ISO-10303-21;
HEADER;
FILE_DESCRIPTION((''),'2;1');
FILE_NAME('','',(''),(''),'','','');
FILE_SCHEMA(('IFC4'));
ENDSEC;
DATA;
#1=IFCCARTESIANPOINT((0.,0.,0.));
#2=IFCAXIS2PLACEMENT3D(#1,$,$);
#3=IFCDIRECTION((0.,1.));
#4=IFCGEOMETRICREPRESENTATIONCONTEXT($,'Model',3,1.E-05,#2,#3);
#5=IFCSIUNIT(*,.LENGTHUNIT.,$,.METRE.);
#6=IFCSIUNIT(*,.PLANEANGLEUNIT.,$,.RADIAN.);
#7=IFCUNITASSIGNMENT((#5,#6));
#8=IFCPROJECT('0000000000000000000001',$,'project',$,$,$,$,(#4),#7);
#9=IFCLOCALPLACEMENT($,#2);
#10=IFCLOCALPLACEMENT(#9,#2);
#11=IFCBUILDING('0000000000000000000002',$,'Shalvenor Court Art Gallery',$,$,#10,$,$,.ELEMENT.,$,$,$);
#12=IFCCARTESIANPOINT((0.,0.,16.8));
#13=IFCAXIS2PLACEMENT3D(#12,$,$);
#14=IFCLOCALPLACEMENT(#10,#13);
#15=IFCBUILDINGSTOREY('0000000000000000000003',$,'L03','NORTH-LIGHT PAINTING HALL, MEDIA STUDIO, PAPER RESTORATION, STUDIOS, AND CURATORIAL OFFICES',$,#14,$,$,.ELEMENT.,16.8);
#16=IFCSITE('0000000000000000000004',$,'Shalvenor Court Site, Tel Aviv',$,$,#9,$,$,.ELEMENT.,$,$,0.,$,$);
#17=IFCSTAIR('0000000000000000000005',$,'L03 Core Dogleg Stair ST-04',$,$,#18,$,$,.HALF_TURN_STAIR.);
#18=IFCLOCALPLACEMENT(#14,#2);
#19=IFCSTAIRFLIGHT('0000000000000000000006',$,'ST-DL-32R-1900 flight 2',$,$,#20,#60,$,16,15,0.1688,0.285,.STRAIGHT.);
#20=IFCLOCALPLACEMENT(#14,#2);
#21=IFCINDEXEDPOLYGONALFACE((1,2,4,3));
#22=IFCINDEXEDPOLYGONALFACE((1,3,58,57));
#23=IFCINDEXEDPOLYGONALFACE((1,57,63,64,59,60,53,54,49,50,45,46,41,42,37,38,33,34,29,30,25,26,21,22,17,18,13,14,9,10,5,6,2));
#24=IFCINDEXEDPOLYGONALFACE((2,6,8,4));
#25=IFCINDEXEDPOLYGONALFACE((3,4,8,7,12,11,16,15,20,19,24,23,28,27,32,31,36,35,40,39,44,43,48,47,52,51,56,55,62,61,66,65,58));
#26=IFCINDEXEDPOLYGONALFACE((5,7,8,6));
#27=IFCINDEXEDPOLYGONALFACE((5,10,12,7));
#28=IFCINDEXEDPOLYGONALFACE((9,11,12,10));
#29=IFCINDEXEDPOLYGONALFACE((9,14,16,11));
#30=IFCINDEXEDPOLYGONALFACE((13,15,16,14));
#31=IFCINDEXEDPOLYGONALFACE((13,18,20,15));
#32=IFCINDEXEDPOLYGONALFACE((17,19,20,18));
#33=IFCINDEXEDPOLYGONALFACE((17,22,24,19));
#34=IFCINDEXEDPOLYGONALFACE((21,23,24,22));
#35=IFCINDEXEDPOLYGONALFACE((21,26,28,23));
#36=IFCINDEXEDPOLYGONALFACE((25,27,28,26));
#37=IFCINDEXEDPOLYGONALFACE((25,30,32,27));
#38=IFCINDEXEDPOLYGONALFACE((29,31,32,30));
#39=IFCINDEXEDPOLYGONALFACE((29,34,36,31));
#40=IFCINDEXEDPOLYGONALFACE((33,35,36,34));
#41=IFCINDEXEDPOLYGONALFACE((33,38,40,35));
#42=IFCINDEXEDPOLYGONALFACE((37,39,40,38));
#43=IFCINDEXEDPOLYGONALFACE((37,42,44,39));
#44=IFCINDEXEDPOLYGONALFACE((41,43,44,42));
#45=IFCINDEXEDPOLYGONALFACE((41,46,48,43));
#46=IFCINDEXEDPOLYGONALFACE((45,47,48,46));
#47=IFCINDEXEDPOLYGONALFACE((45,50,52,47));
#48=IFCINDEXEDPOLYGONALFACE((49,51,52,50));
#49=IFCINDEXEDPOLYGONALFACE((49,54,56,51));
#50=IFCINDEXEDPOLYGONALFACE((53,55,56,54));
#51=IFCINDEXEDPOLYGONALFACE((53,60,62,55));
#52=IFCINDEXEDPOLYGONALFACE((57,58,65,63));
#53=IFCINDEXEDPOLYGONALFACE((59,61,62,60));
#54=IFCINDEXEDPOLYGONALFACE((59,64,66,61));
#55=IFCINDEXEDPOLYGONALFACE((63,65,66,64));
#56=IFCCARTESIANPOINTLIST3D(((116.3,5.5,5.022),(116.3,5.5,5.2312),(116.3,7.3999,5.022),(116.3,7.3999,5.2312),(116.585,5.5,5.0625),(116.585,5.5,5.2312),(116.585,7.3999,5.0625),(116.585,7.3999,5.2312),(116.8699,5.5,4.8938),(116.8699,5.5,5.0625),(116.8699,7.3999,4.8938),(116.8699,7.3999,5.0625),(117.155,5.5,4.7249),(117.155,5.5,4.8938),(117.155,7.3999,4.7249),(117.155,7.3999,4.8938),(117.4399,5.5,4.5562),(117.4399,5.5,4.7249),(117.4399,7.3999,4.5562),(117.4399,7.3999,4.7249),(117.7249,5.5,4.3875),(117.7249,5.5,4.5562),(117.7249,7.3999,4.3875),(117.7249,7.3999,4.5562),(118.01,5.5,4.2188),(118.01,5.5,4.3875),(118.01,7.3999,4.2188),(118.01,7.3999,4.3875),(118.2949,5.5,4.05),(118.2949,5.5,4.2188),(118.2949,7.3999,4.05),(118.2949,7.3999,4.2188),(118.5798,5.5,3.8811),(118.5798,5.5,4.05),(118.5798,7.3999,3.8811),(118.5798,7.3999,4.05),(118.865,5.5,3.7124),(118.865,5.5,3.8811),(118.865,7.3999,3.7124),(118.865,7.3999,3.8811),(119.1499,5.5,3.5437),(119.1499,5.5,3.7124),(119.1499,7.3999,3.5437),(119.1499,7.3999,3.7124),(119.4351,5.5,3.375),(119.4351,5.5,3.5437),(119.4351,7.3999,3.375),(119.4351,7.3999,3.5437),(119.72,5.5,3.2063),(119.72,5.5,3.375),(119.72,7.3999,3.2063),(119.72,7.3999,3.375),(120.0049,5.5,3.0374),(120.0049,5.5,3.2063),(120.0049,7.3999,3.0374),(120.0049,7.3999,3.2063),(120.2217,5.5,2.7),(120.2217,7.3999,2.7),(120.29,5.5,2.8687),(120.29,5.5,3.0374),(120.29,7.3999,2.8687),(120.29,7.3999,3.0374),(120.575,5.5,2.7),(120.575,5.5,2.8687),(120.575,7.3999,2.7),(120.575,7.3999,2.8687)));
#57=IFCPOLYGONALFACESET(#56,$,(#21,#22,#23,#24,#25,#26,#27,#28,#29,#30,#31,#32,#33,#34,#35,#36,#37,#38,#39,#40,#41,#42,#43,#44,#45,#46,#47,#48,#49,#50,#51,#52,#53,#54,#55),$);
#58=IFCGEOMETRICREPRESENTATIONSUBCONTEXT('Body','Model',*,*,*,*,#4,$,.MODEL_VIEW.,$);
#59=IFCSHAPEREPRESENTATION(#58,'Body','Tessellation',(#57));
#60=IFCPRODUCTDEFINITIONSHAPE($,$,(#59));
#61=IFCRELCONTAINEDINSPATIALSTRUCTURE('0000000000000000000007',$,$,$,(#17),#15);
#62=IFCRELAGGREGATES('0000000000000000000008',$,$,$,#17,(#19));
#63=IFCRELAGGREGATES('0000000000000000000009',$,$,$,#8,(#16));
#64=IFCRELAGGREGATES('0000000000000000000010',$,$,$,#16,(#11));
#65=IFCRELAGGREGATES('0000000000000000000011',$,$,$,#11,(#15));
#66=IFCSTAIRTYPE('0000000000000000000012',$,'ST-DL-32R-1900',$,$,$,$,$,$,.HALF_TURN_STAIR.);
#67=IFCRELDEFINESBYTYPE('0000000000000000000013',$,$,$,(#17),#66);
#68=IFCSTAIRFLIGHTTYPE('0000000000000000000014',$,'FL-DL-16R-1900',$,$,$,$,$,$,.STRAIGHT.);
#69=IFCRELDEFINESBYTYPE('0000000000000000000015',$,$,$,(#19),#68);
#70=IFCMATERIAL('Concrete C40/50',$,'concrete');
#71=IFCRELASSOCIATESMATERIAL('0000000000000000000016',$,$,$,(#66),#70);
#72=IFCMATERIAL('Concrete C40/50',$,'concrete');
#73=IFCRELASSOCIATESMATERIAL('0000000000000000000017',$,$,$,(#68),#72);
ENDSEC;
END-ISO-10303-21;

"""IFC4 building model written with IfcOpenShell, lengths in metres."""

from ifc_helpers import new_model, si_unit, direction, frame, origin, place, context, subcontext, project, spatial, polyline, outline, extrude, material, type_object, element, aggregate, save


model = new_model("IFC4")

# Units and contexts
model_context = context("Model", 3, precision=1e-05, world=origin(), true_north=direction((0.0, 1.0)))
body_context = subcontext(model_context, "Body", "Model", "MODEL_VIEW")
ifc_project = project(units=[si_unit("LENGTHUNIT", "METRE"), si_unit("PLANEANGLEUNIT", "RADIAN")], contexts=[model_context])

# Site, building, storey
site_placement = place(None, origin())
site = spatial("IfcSite", under=ifc_project, at=site_placement, Name="Shalvenor Court Site, Tel Aviv", CompositionType="ELEMENT", RefElevation=0.0)
building_placement = place(site_placement, origin())
building = spatial("IfcBuilding", under=site, at=building_placement, Name="Shalvenor Court Art Gallery", CompositionType="ELEMENT")
storey_placement = place(building_placement, frame((0.0, 0.0, 16.8)))
storey = spatial("IfcBuildingStorey", under=building, at=storey_placement, Name="L03", Description="NORTH-LIGHT PAINTING HALL, MEDIA STUDIO, PAPER RESTORATION, STUDIOS, AND CURATORIAL OFFICES", CompositionType="ELEMENT", Elevation=16.8)

# Stair, stair flight
ifc_material_1 = material(Name="Concrete C40/50", Category="concrete")
stair_type = type_object("IfcStairType", Name="ST-DL-32R-1900", PredefinedType="HALF_TURN_STAIR", material=ifc_material_1)
stair_placement = place(storey_placement, origin())
stair = element("IfcStair", 1, at=stair_placement, inside=storey, type_object=stair_type, Name="L03 Core Dogleg Stair ST-04", PredefinedType="HALF_TURN_STAIR")
ifc_material_2 = material(Name="Concrete C40/50", Category="concrete")
stair_flight_type = type_object("IfcStairFlightType", Name="FL-DL-16R-1900", PredefinedType="STRAIGHT", material=ifc_material_2)
stair_flight_1_placement = place(storey_placement, frame((120.575, 6.45, 2.7), z_axis=(0.0, 0.0, 1.0), x_axis=(-1.0, 0.0, 0.0)))
stair_flight_1 = element("IfcStairFlight", 2, at=stair_flight_1_placement, type_object=stair_flight_type, Name="ST-DL-32R-1900 flight 2", NumberOfRisers=16, NumberOfTreads=15, PredefinedType="STRAIGHT", RiserHeight=0.1688, TreadLength=0.285, context=body_context, shape_type="SweptSolid", body=[
    extrude(outline(polyline([(0.0, 0.0), (0.0, 0.1687), (0.2849, 0.1687), (0.2849, 0.3374), (0.5701, 0.3374), (0.5701, 0.5063), (0.855, 0.5063), (0.855, 0.675), (1.1399, 0.675), (1.1399, 0.8438), (1.425, 0.8438), (1.425, 1.0125), (1.71, 1.0125), (1.71, 1.1812), (1.9951, 1.1812), (1.9951, 1.3501), (2.28, 1.3501), (2.28, 1.5188), (2.5649, 1.5188), (2.5649, 1.6875), (2.8501, 1.6875), (2.8501, 1.8562), (3.135, 1.8562), (3.135, 2.0249), (3.4199, 2.0249), (3.4199, 2.1938), (3.7051, 2.1938), (3.7051, 2.3625), (3.99, 2.3625), (3.99, 2.5312), (4.2749, 2.5312), (4.2749, 2.7), (4.2749, 2.322), (0.3533, 0.0), (0.0, 0.0)])), frame((0.0, 0.95, 0.0), z_axis=(0.0, -1.0, 0.0), x_axis=(1.0, 0.0, 0.0)), (0.0, 0.0, 1.0), 1.8999),
])
aggregate(stair, [stair_flight_1])

save(model, "model.ifc")
